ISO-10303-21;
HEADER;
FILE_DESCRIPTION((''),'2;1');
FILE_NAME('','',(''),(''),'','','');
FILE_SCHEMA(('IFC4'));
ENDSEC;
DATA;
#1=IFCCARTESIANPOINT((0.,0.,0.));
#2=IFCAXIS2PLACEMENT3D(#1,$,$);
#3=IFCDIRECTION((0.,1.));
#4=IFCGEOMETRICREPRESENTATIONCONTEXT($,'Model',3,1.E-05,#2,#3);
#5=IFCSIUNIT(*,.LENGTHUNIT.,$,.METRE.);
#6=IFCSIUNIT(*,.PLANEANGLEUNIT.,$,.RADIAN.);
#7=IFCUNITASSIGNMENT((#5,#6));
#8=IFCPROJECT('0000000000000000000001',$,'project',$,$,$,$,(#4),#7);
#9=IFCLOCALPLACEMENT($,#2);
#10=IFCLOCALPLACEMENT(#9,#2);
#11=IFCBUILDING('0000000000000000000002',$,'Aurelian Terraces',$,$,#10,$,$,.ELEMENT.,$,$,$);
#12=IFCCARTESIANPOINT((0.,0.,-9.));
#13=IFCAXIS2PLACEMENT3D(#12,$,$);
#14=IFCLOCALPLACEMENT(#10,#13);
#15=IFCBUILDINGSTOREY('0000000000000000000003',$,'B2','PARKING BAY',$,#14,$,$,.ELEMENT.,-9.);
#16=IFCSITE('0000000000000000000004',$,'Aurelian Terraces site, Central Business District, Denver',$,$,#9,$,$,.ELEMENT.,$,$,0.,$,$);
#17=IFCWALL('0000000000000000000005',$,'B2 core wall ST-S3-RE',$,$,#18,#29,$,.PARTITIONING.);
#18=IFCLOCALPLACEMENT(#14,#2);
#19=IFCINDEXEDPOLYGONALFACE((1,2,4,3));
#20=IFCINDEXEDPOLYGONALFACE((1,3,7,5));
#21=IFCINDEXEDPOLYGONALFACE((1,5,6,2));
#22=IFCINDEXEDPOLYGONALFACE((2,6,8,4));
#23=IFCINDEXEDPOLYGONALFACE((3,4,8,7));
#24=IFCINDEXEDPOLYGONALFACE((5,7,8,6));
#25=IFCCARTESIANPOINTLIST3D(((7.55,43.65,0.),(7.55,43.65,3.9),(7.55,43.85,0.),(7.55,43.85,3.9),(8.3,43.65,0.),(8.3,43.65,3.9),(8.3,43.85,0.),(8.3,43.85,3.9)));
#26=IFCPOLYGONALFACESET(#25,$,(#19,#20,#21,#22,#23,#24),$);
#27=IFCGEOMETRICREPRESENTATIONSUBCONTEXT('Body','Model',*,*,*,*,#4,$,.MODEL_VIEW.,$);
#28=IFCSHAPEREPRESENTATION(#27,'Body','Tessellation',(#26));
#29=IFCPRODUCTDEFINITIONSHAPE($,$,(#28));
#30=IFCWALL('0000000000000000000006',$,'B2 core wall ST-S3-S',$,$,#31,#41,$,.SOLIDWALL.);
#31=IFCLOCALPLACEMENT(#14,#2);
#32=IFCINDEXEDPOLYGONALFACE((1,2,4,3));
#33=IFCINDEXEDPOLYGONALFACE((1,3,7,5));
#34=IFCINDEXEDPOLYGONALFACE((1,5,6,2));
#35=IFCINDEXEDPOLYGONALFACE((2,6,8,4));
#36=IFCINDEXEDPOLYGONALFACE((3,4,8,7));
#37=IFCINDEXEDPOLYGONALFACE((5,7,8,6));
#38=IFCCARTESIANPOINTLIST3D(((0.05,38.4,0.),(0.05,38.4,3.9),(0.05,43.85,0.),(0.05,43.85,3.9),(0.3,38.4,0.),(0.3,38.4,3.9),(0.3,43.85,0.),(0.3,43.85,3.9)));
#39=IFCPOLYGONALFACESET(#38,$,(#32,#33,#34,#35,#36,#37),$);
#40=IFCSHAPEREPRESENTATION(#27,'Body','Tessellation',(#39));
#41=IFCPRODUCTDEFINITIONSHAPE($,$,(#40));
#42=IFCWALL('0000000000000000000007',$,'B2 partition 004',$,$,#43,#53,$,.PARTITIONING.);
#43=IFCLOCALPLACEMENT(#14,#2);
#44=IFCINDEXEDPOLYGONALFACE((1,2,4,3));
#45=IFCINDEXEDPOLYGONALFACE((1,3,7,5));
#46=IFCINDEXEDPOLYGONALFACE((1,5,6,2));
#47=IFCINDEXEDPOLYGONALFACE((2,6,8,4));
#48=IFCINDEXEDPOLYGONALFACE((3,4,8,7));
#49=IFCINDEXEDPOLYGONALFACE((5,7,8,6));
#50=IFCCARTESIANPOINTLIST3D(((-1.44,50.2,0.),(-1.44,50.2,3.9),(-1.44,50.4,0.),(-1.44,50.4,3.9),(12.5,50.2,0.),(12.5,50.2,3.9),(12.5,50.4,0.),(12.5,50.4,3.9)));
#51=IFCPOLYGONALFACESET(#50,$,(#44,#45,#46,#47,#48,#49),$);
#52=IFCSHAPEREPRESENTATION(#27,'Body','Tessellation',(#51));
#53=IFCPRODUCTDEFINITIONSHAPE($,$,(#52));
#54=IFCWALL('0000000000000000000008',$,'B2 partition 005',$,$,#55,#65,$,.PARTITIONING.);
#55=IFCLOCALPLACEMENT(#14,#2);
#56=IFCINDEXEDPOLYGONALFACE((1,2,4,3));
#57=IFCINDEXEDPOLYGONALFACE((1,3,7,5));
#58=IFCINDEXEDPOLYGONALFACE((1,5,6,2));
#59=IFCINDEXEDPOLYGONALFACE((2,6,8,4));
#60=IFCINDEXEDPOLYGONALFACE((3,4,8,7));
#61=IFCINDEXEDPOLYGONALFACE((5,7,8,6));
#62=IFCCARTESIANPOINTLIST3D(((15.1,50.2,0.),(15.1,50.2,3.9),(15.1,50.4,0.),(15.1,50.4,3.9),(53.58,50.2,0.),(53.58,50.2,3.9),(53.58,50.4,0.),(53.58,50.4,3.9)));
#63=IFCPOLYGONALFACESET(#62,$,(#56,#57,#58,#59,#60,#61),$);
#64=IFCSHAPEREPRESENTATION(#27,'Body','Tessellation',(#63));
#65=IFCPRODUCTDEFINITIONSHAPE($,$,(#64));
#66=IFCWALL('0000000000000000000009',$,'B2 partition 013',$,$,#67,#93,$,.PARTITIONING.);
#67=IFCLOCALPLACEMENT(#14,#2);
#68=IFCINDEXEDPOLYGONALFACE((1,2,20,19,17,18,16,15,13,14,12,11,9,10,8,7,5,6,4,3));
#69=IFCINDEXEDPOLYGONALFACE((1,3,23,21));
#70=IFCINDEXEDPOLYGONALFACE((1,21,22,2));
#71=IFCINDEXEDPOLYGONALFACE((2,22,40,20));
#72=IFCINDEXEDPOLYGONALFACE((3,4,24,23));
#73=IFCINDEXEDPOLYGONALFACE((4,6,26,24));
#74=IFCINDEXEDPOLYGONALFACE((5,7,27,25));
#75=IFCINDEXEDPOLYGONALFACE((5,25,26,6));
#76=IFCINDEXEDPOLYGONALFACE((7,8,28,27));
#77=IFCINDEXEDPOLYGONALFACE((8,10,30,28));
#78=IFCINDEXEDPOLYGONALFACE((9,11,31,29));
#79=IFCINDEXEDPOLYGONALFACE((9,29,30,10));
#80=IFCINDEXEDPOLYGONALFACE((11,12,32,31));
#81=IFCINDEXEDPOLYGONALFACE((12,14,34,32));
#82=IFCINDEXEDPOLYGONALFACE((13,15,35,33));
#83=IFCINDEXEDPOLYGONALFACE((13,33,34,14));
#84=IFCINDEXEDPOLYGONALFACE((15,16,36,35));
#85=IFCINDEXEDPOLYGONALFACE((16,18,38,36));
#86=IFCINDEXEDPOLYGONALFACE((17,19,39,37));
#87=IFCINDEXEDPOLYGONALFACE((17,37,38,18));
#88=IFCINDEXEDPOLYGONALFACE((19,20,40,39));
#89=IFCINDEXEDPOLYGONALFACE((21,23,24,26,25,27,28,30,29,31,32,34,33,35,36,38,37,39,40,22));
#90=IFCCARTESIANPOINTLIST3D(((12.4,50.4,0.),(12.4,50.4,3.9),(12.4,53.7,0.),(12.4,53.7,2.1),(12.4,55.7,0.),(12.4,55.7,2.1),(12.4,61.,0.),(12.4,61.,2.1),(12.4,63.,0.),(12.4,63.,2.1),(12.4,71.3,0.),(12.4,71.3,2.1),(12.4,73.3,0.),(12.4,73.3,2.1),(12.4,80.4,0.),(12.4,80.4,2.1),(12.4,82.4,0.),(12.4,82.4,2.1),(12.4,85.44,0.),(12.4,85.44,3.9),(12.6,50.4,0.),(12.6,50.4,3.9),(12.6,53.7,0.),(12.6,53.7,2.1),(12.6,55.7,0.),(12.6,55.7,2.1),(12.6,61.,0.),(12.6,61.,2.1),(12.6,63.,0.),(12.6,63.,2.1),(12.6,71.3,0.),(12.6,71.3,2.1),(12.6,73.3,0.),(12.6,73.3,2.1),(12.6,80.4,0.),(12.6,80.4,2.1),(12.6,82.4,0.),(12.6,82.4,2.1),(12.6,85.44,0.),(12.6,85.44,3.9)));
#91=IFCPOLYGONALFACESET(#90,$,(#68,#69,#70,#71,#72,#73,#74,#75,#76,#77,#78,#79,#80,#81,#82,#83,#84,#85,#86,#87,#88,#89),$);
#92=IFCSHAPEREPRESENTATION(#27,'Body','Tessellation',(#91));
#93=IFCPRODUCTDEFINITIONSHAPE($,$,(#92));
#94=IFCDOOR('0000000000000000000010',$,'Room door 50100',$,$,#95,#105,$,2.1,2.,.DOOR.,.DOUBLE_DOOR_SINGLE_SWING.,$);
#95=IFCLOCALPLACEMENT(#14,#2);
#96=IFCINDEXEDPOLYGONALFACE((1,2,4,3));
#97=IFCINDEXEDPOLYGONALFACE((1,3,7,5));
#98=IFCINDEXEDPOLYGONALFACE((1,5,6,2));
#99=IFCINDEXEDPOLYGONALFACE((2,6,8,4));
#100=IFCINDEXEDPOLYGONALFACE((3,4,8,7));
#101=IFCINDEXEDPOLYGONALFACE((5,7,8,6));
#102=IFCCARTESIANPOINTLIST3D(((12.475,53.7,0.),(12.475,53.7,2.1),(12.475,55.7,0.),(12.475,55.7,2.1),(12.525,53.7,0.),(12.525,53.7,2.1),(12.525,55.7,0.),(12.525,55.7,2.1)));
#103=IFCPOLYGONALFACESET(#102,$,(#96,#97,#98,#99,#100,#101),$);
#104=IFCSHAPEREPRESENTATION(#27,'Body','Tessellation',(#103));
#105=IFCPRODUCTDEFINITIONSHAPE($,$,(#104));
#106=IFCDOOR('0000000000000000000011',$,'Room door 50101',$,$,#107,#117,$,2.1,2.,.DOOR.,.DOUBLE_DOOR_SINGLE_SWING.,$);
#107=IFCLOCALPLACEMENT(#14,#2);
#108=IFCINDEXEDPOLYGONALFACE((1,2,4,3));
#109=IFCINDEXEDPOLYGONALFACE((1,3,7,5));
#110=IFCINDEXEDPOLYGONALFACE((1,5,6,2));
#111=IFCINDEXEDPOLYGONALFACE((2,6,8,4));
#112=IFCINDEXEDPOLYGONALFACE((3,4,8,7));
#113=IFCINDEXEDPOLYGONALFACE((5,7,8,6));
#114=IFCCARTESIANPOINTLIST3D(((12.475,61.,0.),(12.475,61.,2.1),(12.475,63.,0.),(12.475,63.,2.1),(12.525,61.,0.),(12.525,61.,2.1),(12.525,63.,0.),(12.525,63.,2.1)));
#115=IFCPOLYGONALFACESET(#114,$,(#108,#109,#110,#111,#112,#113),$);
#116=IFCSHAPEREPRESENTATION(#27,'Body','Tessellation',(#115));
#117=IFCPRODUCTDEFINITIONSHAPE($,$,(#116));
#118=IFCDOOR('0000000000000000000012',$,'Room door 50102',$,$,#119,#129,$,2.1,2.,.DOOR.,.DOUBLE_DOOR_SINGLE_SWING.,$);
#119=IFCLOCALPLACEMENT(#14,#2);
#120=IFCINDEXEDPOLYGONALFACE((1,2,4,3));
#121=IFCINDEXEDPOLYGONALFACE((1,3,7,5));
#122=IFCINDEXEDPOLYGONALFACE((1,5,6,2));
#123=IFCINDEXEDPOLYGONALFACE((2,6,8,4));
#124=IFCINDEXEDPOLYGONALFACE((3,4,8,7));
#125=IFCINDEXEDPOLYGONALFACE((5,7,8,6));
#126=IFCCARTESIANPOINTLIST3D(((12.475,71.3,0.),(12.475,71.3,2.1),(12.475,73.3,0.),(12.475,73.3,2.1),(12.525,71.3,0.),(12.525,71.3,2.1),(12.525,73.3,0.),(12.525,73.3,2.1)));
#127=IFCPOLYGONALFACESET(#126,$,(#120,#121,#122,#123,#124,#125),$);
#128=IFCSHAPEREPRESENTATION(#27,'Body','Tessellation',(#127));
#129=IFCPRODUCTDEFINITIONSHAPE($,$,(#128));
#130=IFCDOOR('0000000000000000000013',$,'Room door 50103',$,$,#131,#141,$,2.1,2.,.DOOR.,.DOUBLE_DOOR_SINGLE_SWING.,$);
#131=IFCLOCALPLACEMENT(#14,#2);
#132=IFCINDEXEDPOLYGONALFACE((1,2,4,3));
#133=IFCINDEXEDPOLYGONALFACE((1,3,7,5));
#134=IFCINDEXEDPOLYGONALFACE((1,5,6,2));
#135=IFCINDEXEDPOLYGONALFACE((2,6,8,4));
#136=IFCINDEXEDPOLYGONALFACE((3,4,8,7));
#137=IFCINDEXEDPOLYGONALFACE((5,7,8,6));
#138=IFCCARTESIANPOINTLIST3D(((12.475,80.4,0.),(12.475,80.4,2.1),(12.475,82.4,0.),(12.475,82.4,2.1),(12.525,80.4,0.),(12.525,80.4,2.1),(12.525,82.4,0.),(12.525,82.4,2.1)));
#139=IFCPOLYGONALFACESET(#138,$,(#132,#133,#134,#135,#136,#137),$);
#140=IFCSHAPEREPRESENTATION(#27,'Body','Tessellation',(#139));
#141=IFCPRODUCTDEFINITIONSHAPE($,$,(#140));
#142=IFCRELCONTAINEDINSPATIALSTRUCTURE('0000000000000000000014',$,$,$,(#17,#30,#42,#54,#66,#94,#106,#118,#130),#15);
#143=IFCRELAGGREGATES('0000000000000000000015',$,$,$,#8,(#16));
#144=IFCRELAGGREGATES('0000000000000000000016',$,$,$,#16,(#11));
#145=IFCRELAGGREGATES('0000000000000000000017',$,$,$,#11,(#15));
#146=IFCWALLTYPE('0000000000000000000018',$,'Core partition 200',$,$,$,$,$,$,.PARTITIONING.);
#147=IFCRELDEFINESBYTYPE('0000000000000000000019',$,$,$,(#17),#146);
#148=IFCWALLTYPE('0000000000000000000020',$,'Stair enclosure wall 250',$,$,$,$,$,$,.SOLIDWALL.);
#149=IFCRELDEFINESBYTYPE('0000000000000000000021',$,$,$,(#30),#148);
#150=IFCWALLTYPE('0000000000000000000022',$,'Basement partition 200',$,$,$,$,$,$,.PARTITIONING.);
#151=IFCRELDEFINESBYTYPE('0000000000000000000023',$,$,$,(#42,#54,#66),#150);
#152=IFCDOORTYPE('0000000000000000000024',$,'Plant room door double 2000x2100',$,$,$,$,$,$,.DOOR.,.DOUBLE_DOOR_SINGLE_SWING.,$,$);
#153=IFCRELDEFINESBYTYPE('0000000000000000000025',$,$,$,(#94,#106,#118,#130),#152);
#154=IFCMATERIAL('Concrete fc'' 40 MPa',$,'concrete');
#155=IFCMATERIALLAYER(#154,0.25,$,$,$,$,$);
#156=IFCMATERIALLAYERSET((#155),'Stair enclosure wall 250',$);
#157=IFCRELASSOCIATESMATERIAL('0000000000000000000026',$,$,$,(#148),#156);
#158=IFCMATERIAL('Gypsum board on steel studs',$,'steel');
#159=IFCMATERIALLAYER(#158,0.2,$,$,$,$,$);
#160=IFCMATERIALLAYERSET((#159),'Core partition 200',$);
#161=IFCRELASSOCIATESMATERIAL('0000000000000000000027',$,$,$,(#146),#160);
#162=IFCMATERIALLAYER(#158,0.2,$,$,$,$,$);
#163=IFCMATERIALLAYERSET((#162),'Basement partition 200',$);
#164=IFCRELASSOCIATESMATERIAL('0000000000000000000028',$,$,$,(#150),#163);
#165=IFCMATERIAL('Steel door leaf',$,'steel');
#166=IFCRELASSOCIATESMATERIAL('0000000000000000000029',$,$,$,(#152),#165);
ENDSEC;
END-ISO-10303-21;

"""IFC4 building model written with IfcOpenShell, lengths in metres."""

from ifc_helpers import new_model, si_unit, direction, frame, frame_2d, origin, place, context, subcontext, project, spatial, rectangle, extrude, source, transform, mapped, material, layer, layer_set, type_object, element, fill, save


model = new_model("IFC4")

# Units and contexts
model_context = context("Model", 3, precision=1e-05, world=origin(), true_north=direction((0.0, 1.0)))
body_context = subcontext(model_context, "Body", "Model", "MODEL_VIEW")
ifc_project = project(units=[si_unit("LENGTHUNIT", "METRE"), si_unit("PLANEANGLEUNIT", "RADIAN")], contexts=[model_context])

# Site, building, storey
site_placement = place(None, origin())
site = spatial("IfcSite", under=ifc_project, at=site_placement, Name="Aurelian Terraces site, Central Business District, Denver", CompositionType="ELEMENT", RefElevation=0.0)
building_placement = place(site_placement, origin())
building = spatial("IfcBuilding", under=site, at=building_placement, Name="Aurelian Terraces", CompositionType="ELEMENT")
storey_placement = place(building_placement, frame((0.0, 0.0, -9.0)))
storey = spatial("IfcBuildingStorey", under=building, at=storey_placement, Name="B2", Description="PARKING BAY", CompositionType="ELEMENT", Elevation=-9.0)

# Shared definitions
ifc_material_1 = material(Name="Concrete fc' 40 MPa", Category="concrete")
ifc_layer_1 = layer(ifc_material_1, 0.25)
ifc_layer_set_1 = layer_set([ifc_layer_1], Name="Stair enclosure wall 250")
wall_type_1 = type_object("IfcWallType", Name="Stair enclosure wall 250", PredefinedType="SOLIDWALL", material=ifc_layer_set_1)
ifc_material_2 = material(Name="Steel door leaf", Category="steel")

# Shared definitions
ifc_material_3 = material(Name="Gypsum board on steel studs", Category="steel")
ifc_layer_2 = layer(ifc_material_3, 0.2)
ifc_layer_set_2 = layer_set([ifc_layer_2], Name="Core partition 200")
wall_type_2 = type_object("IfcWallType", Name="Core partition 200", PredefinedType="PARTITIONING", material=ifc_layer_set_2)

# Walls
shared_shape_1 = source(origin(), body_context, "Body", "SweptSolid", [
    extrude(rectangle(XDim=0.75, YDim=0.2, at=frame_2d((0.375, 0.0))), origin(), (0.0, 0.0, 1.0), 3.9),
])
wall_1_placement = place(storey_placement, frame((7.55, 43.75, 0.0), z_axis=(0.0, 0.0, 1.0), x_axis=(1.0, 0.0, 0.0)))
element("IfcWall", 1, at=wall_1_placement, inside=storey, type_object=wall_type_2, Name="B2 core wall ST-S3-RE", PredefinedType="PARTITIONING", context=body_context, shape_type="MappedRepresentation", body=[
    mapped(shared_shape_1, transform((0.0, 0.0, 0.0), scale=1.0)),
])
shared_shape_2 = source(origin(), body_context, "Body", "SweptSolid", [
    extrude(rectangle(XDim=5.45, YDim=0.25, at=frame_2d((2.725, 0.0))), origin(), (0.0, 0.0, 1.0), 3.9),
])
wall_2_placement = place(storey_placement, frame((0.175, 38.4, 0.0), z_axis=(0.0, 0.0, 1.0), x_axis=(0.0, 1.0, 0.0)))
element("IfcWall", 2, at=wall_2_placement, inside=storey, type_object=wall_type_1, Name="B2 core wall ST-S3-S", PredefinedType="SOLIDWALL", context=body_context, shape_type="MappedRepresentation", body=[
    mapped(shared_shape_2, transform((0.0, 0.0, 0.0), scale=1.0)),
])
ifc_layer_3 = layer(ifc_material_3, 0.2)
ifc_layer_set_3 = layer_set([ifc_layer_3], Name="Basement partition 200")
wall_type_3 = type_object("IfcWallType", Name="Basement partition 200", PredefinedType="PARTITIONING", material=ifc_layer_set_3)
shared_shape_3 = source(origin(), body_context, "Body", "SweptSolid", [
    extrude(rectangle(XDim=13.94, YDim=0.2, at=frame_2d((6.97, 0.0))), origin(), (0.0, 0.0, 1.0), 3.9),
])
wall_3_placement = place(storey_placement, frame((-1.44, 50.3, 0.0), z_axis=(0.0, 0.0, 1.0), x_axis=(1.0, 0.0, 0.0)))
element("IfcWall", 3, at=wall_3_placement, inside=storey, type_object=wall_type_3, Name="B2 partition 004", PredefinedType="PARTITIONING", context=body_context, shape_type="MappedRepresentation", body=[
    mapped(shared_shape_3, transform((0.0, 0.0, 0.0), scale=1.0)),
])
shared_shape_4 = source(origin(), body_context, "Body", "SweptSolid", [
    extrude(rectangle(XDim=38.48, YDim=0.2, at=frame_2d((19.24, 0.0))), origin(), (0.0, 0.0, 1.0), 3.9),
])
wall_4_placement = place(storey_placement, frame((15.1, 50.3, 0.0), z_axis=(0.0, 0.0, 1.0), x_axis=(1.0, 0.0, 0.0)))
element("IfcWall", 4, at=wall_4_placement, inside=storey, type_object=wall_type_3, Name="B2 partition 005", PredefinedType="PARTITIONING", context=body_context, shape_type="MappedRepresentation", body=[
    mapped(shared_shape_4, transform((0.0, 0.0, 0.0), scale=1.0)),
])

# Wall, openings, doors
shared_shape_5 = source(origin(), body_context, "Body", "SweptSolid", [
    extrude(rectangle(XDim=35.04, YDim=0.2, at=frame_2d((17.52, 0.0))), origin(), (0.0, 0.0, 1.0), 3.9),
])
wall_5_placement = place(storey_placement, frame((12.5, 50.4, 0.0), z_axis=(0.0, 0.0, 1.0), x_axis=(0.0, 1.0, 0.0)))
wall_5 = element("IfcWall", 5, at=wall_5_placement, inside=storey, type_object=wall_type_3, Name="B2 partition 013", PredefinedType="PARTITIONING", context=body_context, shape_type="MappedRepresentation", body=[
    mapped(shared_shape_5, transform((0.0, 0.0, 0.0), scale=1.0)),
])
shared_shape_6 = source(origin(), body_context, "Body", "SweptSolid", [
    extrude(rectangle(XDim=2.0, YDim=2.1, at=frame_2d((1.0, 1.05))), frame((0.0, 0.11, 0.0), z_axis=(0.0, -1.0, 0.0), x_axis=(1.0, 0.0, 0.0)), (0.0, 0.0, 1.0), 0.22),
])
opening_1_placement = place(wall_5_placement, frame((3.3, 0.0, 0.0)))
opening_1 = element("IfcOpeningElement", 6, at=opening_1_placement, cuts=wall_5, PredefinedType="OPENING", context=body_context, shape_type="MappedRepresentation", body=[
    mapped(shared_shape_6, transform((0.0, 0.0, 0.0), scale=1.0)),
])
opening_2_placement = place(wall_5_placement, frame((10.6, 0.0, 0.0)))
opening_2 = element("IfcOpeningElement", 7, at=opening_2_placement, cuts=wall_5, PredefinedType="OPENING", context=body_context, shape_type="MappedRepresentation", body=[
    mapped(shared_shape_6, transform((0.0, 0.0, 0.0), scale=1.0)),
])
opening_3_placement = place(wall_5_placement, frame((20.9, 0.0, 0.0)))
opening_3 = element("IfcOpeningElement", 8, at=opening_3_placement, cuts=wall_5, PredefinedType="OPENING", context=body_context, shape_type="MappedRepresentation", body=[
    mapped(shared_shape_6, transform((0.0, 0.0, 0.0), scale=1.0)),
])
opening_4_placement = place(wall_5_placement, frame((30.0, 0.0, 0.0)))
opening_4 = element("IfcOpeningElement", 9, at=opening_4_placement, cuts=wall_5, PredefinedType="OPENING", context=body_context, shape_type="MappedRepresentation", body=[
    mapped(shared_shape_6, transform((0.0, 0.0, 0.0), scale=1.0)),
])
door_type_1 = type_object("IfcDoorType", Name="Plant room door double 2000x2100", OperationType="DOUBLE_DOOR_SINGLE_SWING", PredefinedType="DOOR", material=ifc_material_2)
shared_shape_7 = source(origin(), body_context, "Body", "SweptSolid", [
    extrude(rectangle(XDim=2.0, YDim=2.1, at=frame_2d((1.0, 1.05))), frame((0.0, 0.025, 0.0), z_axis=(0.0, -1.0, 0.0), x_axis=(1.0, 0.0, 0.0)), (0.0, 0.0, 1.0), 0.05),
])
door_1_placement = place(opening_1_placement, origin())
door_1 = element("IfcDoor", 10, at=door_1_placement, inside=storey, type_object=door_type_1, Name="Room door 50100", OperationType="DOUBLE_DOOR_SINGLE_SWING", OverallHeight=2.1, OverallWidth=2.0, PredefinedType="DOOR", context=body_context, shape_type="MappedRepresentation", body=[
    mapped(shared_shape_7, transform((0.0, 0.0, 0.0), scale=1.0)),
])
fill(opening_1, door_1)
door_2_placement = place(opening_2_placement, origin())
door_2 = element("IfcDoor", 11, at=door_2_placement, inside=storey, type_object=door_type_1, Name="Room door 50101", OperationType="DOUBLE_DOOR_SINGLE_SWING", OverallHeight=2.1, OverallWidth=2.0, PredefinedType="DOOR", context=body_context, shape_type="MappedRepresentation", body=[
    mapped(shared_shape_7, transform((0.0, 0.0, 0.0), scale=1.0)),
])
fill(opening_2, door_2)
door_3_placement = place(opening_3_placement, origin())
door_3 = element("IfcDoor", 12, at=door_3_placement, inside=storey, type_object=door_type_1, Name="Room door 50102", OperationType="DOUBLE_DOOR_SINGLE_SWING", OverallHeight=2.1, OverallWidth=2.0, PredefinedType="DOOR", context=body_context, shape_type="MappedRepresentation", body=[
    mapped(shared_shape_7, transform((0.0, 0.0, 0.0), scale=1.0)),
])
fill(opening_3, door_3)
door_4_placement = place(opening_4_placement, origin())
door_4 = element("IfcDoor", 13, at=door_4_placement, inside=storey, type_object=door_type_1, Name="Room door 50103", OperationType="DOUBLE_DOOR_SINGLE_SWING", OverallHeight=2.1, OverallWidth=2.0, PredefinedType="DOOR", context=body_context, shape_type="MappedRepresentation", body=[
    mapped(shared_shape_7, transform((0.0, 0.0, 0.0), scale=1.0)),
])
fill(opening_4, door_4)

save(model, "model.ifc")
